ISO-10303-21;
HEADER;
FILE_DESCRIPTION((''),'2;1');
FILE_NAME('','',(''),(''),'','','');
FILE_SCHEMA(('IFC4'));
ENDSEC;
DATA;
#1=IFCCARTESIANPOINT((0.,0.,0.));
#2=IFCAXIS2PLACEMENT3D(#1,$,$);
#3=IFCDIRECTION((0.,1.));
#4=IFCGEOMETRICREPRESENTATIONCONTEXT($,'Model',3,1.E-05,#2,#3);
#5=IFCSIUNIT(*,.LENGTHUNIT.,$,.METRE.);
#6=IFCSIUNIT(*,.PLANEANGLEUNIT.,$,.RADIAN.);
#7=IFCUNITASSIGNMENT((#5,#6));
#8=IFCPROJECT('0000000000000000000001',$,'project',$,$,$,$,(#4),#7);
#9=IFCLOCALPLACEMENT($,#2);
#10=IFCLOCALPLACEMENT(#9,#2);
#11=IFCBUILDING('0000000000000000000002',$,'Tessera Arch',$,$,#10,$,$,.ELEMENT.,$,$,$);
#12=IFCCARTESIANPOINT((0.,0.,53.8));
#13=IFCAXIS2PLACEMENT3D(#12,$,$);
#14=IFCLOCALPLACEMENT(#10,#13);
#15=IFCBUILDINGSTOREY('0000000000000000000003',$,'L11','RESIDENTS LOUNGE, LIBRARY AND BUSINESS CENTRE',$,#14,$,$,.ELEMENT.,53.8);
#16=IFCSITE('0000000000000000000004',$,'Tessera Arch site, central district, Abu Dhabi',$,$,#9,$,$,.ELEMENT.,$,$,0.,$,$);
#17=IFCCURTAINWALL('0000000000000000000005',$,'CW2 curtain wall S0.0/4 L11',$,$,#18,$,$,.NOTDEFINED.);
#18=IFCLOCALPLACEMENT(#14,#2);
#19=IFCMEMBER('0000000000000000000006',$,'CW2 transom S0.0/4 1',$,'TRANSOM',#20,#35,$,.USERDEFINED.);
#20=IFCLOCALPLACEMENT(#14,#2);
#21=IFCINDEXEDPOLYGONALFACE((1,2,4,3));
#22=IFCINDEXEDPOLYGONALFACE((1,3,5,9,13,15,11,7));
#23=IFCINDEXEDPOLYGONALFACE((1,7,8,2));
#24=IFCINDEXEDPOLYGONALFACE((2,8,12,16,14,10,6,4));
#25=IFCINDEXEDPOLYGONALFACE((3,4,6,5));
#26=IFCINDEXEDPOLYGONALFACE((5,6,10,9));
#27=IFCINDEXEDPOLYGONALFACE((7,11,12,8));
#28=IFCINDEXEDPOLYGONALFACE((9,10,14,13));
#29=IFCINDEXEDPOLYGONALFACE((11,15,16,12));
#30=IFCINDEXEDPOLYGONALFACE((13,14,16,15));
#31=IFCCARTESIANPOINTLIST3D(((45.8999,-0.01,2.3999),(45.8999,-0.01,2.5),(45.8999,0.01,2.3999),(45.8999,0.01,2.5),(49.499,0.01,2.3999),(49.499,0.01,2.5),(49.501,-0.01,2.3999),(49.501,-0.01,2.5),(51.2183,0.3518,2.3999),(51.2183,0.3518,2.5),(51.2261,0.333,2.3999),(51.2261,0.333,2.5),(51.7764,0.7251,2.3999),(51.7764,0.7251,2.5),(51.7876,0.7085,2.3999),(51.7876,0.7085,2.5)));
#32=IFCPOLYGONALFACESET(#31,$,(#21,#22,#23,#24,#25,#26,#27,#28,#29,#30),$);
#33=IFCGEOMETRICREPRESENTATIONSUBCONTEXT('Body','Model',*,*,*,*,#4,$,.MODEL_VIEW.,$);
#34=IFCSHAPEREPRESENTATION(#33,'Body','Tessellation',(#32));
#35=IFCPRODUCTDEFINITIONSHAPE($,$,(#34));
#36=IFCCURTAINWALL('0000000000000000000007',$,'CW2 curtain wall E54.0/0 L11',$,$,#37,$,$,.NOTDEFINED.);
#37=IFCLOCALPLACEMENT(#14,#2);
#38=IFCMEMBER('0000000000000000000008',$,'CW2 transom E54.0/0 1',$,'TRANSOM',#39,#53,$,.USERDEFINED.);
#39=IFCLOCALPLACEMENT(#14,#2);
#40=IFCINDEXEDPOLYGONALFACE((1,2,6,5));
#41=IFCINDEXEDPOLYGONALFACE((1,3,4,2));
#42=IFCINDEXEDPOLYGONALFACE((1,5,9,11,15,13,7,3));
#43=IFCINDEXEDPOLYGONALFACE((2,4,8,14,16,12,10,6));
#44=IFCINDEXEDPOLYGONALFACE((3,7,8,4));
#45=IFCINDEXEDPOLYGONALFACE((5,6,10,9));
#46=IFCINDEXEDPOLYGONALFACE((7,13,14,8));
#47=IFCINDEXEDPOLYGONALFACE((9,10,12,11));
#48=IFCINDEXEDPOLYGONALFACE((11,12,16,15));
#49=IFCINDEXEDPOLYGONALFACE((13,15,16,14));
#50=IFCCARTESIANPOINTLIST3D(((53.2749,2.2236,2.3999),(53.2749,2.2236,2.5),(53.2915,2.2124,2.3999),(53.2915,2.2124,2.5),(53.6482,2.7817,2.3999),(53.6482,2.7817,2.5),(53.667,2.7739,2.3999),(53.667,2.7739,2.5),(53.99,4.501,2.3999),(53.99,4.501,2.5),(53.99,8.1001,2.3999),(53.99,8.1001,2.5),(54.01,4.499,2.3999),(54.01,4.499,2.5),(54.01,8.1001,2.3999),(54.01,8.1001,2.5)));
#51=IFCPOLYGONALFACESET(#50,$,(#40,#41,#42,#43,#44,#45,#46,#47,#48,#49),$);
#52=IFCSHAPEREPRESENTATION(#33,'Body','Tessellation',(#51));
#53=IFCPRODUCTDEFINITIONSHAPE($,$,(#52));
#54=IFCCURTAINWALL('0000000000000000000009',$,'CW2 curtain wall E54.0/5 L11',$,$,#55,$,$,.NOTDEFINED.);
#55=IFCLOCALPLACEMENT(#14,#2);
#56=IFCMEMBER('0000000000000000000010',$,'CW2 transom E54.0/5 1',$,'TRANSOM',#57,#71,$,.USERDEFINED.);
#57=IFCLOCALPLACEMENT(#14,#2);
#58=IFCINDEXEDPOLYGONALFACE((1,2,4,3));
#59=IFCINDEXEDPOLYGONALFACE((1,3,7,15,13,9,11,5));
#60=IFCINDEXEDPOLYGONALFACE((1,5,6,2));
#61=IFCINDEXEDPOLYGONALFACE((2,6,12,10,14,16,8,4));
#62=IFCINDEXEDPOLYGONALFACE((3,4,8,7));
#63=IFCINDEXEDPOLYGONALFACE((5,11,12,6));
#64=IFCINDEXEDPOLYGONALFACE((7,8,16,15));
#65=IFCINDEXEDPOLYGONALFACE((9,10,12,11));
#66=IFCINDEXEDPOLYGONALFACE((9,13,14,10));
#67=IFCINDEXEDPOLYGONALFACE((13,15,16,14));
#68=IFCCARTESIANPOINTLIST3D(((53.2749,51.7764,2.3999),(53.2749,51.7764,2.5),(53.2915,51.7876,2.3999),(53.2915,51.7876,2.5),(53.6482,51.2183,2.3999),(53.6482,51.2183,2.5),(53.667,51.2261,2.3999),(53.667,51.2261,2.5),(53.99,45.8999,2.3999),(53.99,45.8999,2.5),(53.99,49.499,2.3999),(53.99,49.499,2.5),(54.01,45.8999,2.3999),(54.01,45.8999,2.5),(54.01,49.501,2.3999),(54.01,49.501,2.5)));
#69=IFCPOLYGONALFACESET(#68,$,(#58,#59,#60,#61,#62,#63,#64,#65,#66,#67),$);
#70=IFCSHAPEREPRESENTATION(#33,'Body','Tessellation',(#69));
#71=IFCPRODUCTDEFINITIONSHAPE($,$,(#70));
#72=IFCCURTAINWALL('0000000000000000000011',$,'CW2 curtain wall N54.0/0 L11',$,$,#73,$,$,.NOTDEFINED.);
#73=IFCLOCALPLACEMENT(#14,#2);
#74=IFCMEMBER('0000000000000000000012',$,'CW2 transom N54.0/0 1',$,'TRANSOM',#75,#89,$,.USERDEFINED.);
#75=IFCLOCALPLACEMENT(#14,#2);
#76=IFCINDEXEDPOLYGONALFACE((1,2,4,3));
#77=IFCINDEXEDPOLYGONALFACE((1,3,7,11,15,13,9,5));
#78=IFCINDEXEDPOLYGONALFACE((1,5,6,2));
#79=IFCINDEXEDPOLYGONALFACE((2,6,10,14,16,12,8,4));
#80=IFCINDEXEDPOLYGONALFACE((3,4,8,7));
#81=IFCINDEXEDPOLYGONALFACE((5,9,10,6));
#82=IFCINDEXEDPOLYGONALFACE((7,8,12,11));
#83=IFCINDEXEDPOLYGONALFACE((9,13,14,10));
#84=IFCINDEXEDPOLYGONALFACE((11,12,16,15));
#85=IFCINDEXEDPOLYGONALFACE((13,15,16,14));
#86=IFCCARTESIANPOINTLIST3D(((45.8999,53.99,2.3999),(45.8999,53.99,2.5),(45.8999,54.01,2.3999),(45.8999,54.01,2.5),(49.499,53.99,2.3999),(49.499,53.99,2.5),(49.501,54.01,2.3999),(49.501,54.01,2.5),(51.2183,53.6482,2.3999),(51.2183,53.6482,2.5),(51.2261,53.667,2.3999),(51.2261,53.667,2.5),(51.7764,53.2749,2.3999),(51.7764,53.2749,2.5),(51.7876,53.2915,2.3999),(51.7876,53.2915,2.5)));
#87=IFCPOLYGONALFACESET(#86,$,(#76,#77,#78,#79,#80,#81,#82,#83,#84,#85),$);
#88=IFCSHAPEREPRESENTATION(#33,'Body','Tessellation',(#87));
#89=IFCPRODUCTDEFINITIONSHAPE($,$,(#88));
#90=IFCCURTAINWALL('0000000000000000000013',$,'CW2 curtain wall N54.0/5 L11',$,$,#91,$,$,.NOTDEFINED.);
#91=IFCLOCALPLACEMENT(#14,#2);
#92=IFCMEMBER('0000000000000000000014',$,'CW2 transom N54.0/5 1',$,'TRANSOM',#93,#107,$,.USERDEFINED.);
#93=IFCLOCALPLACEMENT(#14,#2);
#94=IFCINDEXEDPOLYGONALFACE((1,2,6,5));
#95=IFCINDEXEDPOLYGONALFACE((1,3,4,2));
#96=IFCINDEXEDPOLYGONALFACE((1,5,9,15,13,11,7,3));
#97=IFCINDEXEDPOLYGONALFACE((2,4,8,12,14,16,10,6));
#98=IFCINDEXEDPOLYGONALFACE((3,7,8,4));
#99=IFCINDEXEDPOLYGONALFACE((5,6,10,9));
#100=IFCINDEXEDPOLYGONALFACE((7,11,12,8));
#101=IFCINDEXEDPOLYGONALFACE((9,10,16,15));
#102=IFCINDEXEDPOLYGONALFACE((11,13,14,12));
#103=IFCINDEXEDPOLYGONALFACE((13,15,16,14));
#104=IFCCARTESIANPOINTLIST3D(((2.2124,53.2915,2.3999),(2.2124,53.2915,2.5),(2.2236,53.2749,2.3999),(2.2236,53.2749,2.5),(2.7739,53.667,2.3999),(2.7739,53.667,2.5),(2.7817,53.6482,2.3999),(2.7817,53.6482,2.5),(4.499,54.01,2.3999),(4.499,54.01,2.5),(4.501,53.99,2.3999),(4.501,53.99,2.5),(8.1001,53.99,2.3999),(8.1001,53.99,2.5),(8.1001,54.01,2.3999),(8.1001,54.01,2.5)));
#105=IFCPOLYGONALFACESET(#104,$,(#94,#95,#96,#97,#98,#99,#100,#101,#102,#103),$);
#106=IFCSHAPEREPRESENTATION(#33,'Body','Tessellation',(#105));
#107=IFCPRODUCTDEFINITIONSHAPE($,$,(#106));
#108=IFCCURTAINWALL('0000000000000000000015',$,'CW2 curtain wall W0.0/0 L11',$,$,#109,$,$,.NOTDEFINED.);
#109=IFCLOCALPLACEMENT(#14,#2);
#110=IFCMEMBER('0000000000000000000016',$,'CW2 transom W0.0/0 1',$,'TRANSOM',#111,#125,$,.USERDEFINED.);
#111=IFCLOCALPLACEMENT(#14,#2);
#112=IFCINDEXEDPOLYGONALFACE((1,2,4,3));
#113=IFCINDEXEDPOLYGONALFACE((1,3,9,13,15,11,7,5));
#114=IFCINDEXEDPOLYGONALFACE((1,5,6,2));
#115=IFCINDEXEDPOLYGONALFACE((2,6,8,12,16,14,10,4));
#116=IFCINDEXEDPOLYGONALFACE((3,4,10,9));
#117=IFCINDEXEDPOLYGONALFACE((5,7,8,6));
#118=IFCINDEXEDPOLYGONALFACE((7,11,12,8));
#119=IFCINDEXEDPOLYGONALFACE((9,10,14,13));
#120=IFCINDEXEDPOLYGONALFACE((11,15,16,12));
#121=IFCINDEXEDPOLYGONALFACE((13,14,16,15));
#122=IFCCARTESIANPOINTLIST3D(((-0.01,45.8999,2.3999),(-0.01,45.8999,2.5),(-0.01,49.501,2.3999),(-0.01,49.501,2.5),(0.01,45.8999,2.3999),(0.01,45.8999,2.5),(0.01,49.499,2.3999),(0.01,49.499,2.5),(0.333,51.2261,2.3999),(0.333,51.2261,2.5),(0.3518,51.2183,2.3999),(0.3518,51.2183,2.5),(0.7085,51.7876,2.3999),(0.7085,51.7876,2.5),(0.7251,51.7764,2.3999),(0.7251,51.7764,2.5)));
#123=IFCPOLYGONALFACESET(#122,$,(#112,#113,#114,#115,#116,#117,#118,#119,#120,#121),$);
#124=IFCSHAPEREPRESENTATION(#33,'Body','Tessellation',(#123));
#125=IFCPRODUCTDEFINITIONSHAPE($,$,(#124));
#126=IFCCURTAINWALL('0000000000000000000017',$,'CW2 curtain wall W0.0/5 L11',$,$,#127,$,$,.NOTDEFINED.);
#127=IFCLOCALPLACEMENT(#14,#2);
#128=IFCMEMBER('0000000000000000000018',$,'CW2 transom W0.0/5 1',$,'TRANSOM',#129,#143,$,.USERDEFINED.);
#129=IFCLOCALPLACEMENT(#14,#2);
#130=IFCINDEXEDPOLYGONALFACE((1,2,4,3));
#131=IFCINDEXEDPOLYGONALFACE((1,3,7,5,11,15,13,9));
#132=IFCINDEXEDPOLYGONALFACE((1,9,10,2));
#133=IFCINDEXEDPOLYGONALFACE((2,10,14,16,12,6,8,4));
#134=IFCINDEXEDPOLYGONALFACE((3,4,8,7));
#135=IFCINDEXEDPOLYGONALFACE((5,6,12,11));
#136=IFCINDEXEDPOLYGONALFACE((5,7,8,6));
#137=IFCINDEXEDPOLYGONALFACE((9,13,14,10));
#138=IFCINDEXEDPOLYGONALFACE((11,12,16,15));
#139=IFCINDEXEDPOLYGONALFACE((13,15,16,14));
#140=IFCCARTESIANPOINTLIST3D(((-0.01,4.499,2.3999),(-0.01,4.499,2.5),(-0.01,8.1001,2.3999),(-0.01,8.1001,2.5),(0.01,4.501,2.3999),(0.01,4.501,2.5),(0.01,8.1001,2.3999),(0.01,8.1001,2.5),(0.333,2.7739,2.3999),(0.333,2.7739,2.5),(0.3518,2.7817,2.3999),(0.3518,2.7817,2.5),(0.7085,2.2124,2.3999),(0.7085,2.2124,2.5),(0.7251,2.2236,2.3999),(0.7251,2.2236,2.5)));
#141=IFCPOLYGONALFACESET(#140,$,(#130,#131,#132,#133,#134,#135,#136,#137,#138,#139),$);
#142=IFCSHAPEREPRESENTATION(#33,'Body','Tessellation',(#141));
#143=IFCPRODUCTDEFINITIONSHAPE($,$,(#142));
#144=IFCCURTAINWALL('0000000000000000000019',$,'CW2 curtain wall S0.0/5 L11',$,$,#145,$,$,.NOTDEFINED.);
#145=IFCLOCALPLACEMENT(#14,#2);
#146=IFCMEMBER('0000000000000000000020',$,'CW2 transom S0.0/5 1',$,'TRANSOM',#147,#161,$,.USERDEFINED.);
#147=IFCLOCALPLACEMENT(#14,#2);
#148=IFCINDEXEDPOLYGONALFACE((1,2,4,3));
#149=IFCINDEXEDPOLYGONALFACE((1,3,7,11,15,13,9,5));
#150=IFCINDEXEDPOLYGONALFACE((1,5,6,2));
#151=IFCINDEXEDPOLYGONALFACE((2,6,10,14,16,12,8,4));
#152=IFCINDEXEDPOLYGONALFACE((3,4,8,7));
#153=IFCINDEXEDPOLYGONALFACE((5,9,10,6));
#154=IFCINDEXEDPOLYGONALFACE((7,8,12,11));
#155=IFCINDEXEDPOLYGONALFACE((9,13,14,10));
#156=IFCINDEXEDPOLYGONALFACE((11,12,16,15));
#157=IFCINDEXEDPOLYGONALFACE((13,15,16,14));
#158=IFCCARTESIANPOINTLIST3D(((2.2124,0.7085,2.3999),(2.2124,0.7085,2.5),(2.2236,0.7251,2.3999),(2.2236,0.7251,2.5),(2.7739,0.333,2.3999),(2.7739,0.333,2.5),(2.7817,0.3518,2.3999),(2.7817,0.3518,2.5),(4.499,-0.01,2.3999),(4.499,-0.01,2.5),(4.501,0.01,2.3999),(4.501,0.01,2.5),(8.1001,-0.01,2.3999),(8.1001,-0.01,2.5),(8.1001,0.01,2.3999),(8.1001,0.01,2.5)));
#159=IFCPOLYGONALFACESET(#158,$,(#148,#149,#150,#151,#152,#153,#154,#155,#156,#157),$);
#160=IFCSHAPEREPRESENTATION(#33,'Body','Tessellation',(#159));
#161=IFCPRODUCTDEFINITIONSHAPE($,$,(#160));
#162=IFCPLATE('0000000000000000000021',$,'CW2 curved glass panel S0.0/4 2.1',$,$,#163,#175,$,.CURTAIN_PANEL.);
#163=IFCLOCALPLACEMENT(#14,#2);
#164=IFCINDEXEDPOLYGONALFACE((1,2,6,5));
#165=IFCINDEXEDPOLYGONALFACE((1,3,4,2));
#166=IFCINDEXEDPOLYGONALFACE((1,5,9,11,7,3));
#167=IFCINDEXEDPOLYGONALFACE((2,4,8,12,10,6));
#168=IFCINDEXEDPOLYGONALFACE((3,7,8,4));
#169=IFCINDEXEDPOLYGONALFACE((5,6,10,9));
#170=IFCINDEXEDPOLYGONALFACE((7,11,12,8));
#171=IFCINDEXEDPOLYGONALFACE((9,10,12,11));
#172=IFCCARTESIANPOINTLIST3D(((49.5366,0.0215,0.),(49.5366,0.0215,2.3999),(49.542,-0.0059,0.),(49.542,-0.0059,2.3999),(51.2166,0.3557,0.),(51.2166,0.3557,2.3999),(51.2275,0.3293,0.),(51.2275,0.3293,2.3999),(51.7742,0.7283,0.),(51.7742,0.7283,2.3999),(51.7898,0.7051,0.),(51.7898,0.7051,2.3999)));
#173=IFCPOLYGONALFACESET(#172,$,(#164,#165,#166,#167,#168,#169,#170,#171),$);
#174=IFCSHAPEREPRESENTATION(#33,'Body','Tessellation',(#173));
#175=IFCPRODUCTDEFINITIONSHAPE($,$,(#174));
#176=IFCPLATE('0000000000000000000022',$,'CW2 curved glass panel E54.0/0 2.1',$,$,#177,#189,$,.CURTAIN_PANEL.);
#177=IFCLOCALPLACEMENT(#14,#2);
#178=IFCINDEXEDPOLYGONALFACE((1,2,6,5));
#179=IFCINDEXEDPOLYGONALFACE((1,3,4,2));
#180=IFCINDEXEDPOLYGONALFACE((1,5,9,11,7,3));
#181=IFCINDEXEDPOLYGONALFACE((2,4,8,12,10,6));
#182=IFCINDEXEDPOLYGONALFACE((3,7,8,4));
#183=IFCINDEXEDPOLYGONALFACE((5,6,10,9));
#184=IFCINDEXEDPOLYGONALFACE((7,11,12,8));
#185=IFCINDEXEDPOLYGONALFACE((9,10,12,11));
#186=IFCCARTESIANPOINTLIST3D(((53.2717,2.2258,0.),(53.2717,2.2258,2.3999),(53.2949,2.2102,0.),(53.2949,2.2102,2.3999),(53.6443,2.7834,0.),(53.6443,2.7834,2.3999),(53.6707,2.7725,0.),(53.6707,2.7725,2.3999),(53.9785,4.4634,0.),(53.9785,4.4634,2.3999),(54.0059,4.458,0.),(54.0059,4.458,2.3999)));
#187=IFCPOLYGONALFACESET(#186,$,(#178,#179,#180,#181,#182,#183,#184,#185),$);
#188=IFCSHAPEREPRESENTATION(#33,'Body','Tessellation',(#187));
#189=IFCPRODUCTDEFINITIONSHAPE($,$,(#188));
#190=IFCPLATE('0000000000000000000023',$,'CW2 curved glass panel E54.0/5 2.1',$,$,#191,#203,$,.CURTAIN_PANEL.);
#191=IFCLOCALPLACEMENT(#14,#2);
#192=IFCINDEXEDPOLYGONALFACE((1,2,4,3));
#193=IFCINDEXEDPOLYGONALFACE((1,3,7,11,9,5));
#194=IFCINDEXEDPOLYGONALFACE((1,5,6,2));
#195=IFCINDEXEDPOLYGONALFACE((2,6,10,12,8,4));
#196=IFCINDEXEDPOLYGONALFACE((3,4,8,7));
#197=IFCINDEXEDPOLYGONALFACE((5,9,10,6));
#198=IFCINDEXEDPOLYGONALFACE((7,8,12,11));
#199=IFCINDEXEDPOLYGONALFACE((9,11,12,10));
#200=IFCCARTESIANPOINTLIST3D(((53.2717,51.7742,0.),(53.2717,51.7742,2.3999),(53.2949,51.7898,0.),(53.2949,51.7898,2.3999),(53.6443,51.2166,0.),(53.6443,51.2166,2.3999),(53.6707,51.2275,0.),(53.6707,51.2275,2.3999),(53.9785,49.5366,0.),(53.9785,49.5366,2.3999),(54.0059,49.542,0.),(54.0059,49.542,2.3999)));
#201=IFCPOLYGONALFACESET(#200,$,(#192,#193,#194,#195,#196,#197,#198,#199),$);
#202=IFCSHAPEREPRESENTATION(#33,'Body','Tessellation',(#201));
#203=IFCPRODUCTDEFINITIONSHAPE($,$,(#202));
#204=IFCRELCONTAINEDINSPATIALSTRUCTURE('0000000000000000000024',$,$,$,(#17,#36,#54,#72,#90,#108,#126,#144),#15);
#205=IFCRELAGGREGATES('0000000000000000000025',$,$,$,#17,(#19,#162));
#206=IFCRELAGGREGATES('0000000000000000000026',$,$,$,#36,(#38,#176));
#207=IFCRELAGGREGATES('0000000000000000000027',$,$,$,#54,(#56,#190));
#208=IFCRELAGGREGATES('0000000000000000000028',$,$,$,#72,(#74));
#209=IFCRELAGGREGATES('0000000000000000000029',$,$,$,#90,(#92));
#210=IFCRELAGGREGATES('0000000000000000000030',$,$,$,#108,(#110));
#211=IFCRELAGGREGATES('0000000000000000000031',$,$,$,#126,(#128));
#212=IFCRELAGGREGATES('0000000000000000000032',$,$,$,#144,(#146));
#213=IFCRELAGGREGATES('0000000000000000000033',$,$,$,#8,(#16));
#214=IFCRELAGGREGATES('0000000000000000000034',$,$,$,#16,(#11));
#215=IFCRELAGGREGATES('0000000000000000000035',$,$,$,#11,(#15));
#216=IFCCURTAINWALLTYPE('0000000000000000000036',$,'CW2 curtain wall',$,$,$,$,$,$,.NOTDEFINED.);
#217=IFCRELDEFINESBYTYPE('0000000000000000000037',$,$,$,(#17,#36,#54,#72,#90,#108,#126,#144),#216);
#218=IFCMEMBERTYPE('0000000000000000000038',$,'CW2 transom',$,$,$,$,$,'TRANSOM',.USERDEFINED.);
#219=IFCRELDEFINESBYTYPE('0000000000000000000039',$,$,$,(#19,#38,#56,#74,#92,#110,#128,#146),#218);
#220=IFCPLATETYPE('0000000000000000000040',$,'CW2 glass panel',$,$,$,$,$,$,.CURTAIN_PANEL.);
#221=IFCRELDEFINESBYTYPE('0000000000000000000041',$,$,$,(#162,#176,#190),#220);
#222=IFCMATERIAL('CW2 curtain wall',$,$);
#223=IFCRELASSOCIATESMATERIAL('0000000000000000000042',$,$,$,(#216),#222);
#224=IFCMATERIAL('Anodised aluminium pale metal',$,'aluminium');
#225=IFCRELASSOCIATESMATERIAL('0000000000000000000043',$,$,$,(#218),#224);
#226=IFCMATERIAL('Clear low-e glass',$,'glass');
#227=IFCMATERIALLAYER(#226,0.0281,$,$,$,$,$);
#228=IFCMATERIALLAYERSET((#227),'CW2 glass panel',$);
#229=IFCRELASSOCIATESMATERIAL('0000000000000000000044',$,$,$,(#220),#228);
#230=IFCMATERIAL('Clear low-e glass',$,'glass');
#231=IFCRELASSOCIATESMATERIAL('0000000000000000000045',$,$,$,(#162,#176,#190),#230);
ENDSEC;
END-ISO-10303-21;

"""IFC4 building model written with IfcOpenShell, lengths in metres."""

from ifc_helpers import new_model, si_unit, direction, frame, origin, origin_2d, place, context, subcontext, project, spatial, polyline, rectangle, outline, extrude, material, layer, layer_set, material_profile, profile_set, type_object, element, aggregate, save


model = new_model("IFC4")

# Units and contexts
model_context = context("Model", 3, precision=1e-05, world=origin(), true_north=direction((0.0, 1.0)))
body_context = subcontext(model_context, "Body", "Model", "MODEL_VIEW")
ifc_project = project(units=[si_unit("LENGTHUNIT", "METRE"), si_unit("PLANEANGLEUNIT", "RADIAN")], contexts=[model_context])

# Site, building, storey
site_placement = place(None, origin())
site = spatial("IfcSite", under=ifc_project, at=site_placement, Name="Tessera Arch site, central district, Abu Dhabi", CompositionType="ELEMENT", RefElevation=0.0)
building_placement = place(site_placement, origin())
building = spatial("IfcBuilding", under=site, at=building_placement, Name="Tessera Arch", CompositionType="ELEMENT")
storey_placement = place(building_placement, frame((0.0, 0.0, 53.8)))
storey = spatial("IfcBuildingStorey", under=building, at=storey_placement, Name="L11", Description="RESIDENTS LOUNGE, LIBRARY AND BUSINESS CENTRE", CompositionType="ELEMENT", Elevation=53.8)

# Curtain walls, members
ifc_material_1 = material(Name="CW2 curtain wall")
curtain_wall_type = type_object("IfcCurtainWallType", Name="CW2 curtain wall", PredefinedType="NOTDEFINED", material=ifc_material_1)
curtain_wall_1_placement = place(storey_placement, origin())
curtain_wall_1 = element("IfcCurtainWall", 1, at=curtain_wall_1_placement, inside=storey, type_object=curtain_wall_type, Name="CW2 curtain wall S0.0/4 L11", PredefinedType="NOTDEFINED")
ifc_material_2 = material(Name="Anodised aluminium pale metal", Category="aluminium")
ifc_material_profile = material_profile(ifc_material_2, rectangle(XDim=0.2, YDim=0.1001, at=origin_2d()), Name="AL 200x100")
ifc_profile_set = profile_set([ifc_material_profile], Name="Anodised aluminium pale metal")
member_type = type_object("IfcMemberType", Name="CW2 transom", ElementType="TRANSOM", PredefinedType="USERDEFINED", material=ifc_profile_set)
member_1_placement = place(storey_placement, frame((0.0, 0.0, 2.3999)))
member_1 = element("IfcMember", 2, at=member_1_placement, type_object=member_type, Name="CW2 transom S0.0/4 1", ObjectType="TRANSOM", PredefinedType="USERDEFINED", context=body_context, shape_type="SweptSolid", body=[
    extrude(outline(polyline([(49.499, 0.01), (45.8999, 0.01), (45.8999, -0.01), (49.501, -0.01), (51.2261, 0.333), (51.7876, 0.7085), (51.7764, 0.7251), (51.2183, 0.3518), (49.499, 0.01)])), origin(), (0.0, 0.0, 1.0), 0.1001),
])
curtain_wall_2_placement = place(storey_placement, origin())
curtain_wall_2 = element("IfcCurtainWall", 3, at=curtain_wall_2_placement, inside=storey, type_object=curtain_wall_type, Name="CW2 curtain wall E54.0/0 L11", PredefinedType="NOTDEFINED")
member_2_placement = place(storey_placement, frame((0.0, 0.0, 2.3999)))
member_2 = element("IfcMember", 4, at=member_2_placement, type_object=member_type, Name="CW2 transom E54.0/0 1", ObjectType="TRANSOM", PredefinedType="USERDEFINED", context=body_context, shape_type="SweptSolid", body=[
    extrude(outline(polyline([(53.6482, 2.7817), (53.2749, 2.2236), (53.2915, 2.2124), (53.667, 2.7739), (54.01, 4.499), (54.01, 8.1001), (53.99, 8.1001), (53.99, 4.501), (53.6482, 2.7817)])), origin(), (0.0, 0.0, 1.0), 0.1001),
])
curtain_wall_3_placement = place(storey_placement, origin())
curtain_wall_3 = element("IfcCurtainWall", 5, at=curtain_wall_3_placement, inside=storey, type_object=curtain_wall_type, Name="CW2 curtain wall E54.0/5 L11", PredefinedType="NOTDEFINED")
member_3_placement = place(storey_placement, frame((0.0, 0.0, 2.3999)))
member_3 = element("IfcMember", 6, at=member_3_placement, type_object=member_type, Name="CW2 transom E54.0/5 1", ObjectType="TRANSOM", PredefinedType="USERDEFINED", context=body_context, shape_type="SweptSolid", body=[
    extrude(outline(polyline([(53.99, 49.499), (53.99, 45.8999), (54.01, 45.8999), (54.01, 49.501), (53.667, 51.2261), (53.2915, 51.7876), (53.2749, 51.7764), (53.6482, 51.2183), (53.99, 49.499)])), origin(), (0.0, 0.0, 1.0), 0.1001),
])
curtain_wall_4_placement = place(storey_placement, origin())
curtain_wall_4 = element("IfcCurtainWall", 7, at=curtain_wall_4_placement, inside=storey, type_object=curtain_wall_type, Name="CW2 curtain wall N54.0/0 L11", PredefinedType="NOTDEFINED")
member_4_placement = place(storey_placement, frame((0.0, 0.0, 2.3999)))
member_4 = element("IfcMember", 8, at=member_4_placement, type_object=member_type, Name="CW2 transom N54.0/0 1", ObjectType="TRANSOM", PredefinedType="USERDEFINED", context=body_context, shape_type="SweptSolid", body=[
    extrude(outline(polyline([(51.2183, 53.6482), (51.7764, 53.2749), (51.7876, 53.2915), (51.2261, 53.667), (49.501, 54.01), (45.8999, 54.01), (45.8999, 53.99), (49.499, 53.99), (51.2183, 53.6482)])), origin(), (0.0, 0.0, 1.0), 0.1001),
])
curtain_wall_5_placement = place(storey_placement, origin())
curtain_wall_5 = element("IfcCurtainWall", 9, at=curtain_wall_5_placement, inside=storey, type_object=curtain_wall_type, Name="CW2 curtain wall N54.0/5 L11", PredefinedType="NOTDEFINED")
member_5_placement = place(storey_placement, frame((0.0, 0.0, 2.3999)))
member_5 = element("IfcMember", 10, at=member_5_placement, type_object=member_type, Name="CW2 transom N54.0/5 1", ObjectType="TRANSOM", PredefinedType="USERDEFINED", context=body_context, shape_type="SweptSolid", body=[
    extrude(outline(polyline([(4.501, 53.99), (8.1001, 53.99), (8.1001, 54.01), (4.499, 54.01), (2.7739, 53.667), (2.2124, 53.2915), (2.2236, 53.2749), (2.7817, 53.6482), (4.501, 53.99)])), origin(), (0.0, 0.0, 1.0), 0.1001),
])
curtain_wall_6_placement = place(storey_placement, origin())
curtain_wall_6 = element("IfcCurtainWall", 11, at=curtain_wall_6_placement, inside=storey, type_object=curtain_wall_type, Name="CW2 curtain wall W0.0/0 L11", PredefinedType="NOTDEFINED")
member_6_placement = place(storey_placement, frame((0.0, 0.0, 2.3999)))
member_6 = element("IfcMember", 12, at=member_6_placement, type_object=member_type, Name="CW2 transom W0.0/0 1", ObjectType="TRANSOM", PredefinedType="USERDEFINED", context=body_context, shape_type="SweptSolid", body=[
    extrude(outline(polyline([(0.3518, 51.2183), (0.7251, 51.7764), (0.7085, 51.7876), (0.333, 51.2261), (-0.01, 49.501), (-0.01, 45.8999), (0.01, 45.8999), (0.01, 49.499), (0.3518, 51.2183)])), origin(), (0.0, 0.0, 1.0), 0.1001),
])
curtain_wall_7_placement = place(storey_placement, origin())
curtain_wall_7 = element("IfcCurtainWall", 13, at=curtain_wall_7_placement, inside=storey, type_object=curtain_wall_type, Name="CW2 curtain wall W0.0/5 L11", PredefinedType="NOTDEFINED")
member_7_placement = place(storey_placement, frame((0.0, 0.0, 2.3999)))
member_7 = element("IfcMember", 14, at=member_7_placement, type_object=member_type, Name="CW2 transom W0.0/5 1", ObjectType="TRANSOM", PredefinedType="USERDEFINED", context=body_context, shape_type="SweptSolid", body=[
    extrude(outline(polyline([(0.01, 4.501), (0.01, 8.1001), (-0.01, 8.1001), (-0.01, 4.499), (0.333, 2.7739), (0.7085, 2.2124), (0.7251, 2.2236), (0.3518, 2.7817), (0.01, 4.501)])), origin(), (0.0, 0.0, 1.0), 0.1001),
])
curtain_wall_8_placement = place(storey_placement, origin())
curtain_wall_8 = element("IfcCurtainWall", 15, at=curtain_wall_8_placement, inside=storey, type_object=curtain_wall_type, Name="CW2 curtain wall S0.0/5 L11", PredefinedType="NOTDEFINED")
member_8_placement = place(storey_placement, frame((0.0, 0.0, 2.3999)))
member_8 = element("IfcMember", 16, at=member_8_placement, type_object=member_type, Name="CW2 transom S0.0/5 1", ObjectType="TRANSOM", PredefinedType="USERDEFINED", context=body_context, shape_type="SweptSolid", body=[
    extrude(outline(polyline([(2.7817, 0.3518), (2.2236, 0.7251), (2.2124, 0.7085), (2.7739, 0.333), (4.499, -0.01), (8.1001, -0.01), (8.1001, 0.01), (4.501, 0.01), (2.7817, 0.3518)])), origin(), (0.0, 0.0, 1.0), 0.1001),
])

# Plates
ifc_material_3 = material(Name="Clear low-e glass", Category="glass")
ifc_material_4 = material(Name="Clear low-e glass", Category="glass")
ifc_layer_1 = layer(ifc_material_4, 0.0281)
ifc_layer_set_1 = layer_set([ifc_layer_1], Name="CW2 glass panel")
plate_type_1 = type_object("IfcPlateType", Name="CW2 glass panel", PredefinedType="CURTAIN_PANEL", material=ifc_layer_set_1)
plate_1_placement = place(storey_placement, origin())
plate_1 = element("IfcPlate", 17, at=plate_1_placement, type_object=plate_type_1, material=ifc_material_3, Name="CW2 curved glass panel S0.0/4 2.1", PredefinedType="CURTAIN_PANEL", context=body_context, shape_type="SweptSolid", body=[
    extrude(outline(polyline([(51.2166, 0.3557), (49.5366, 0.0215), (49.542, -0.0059), (51.2275, 0.3293), (51.7898, 0.7051), (51.7742, 0.7283), (51.2166, 0.3557)])), origin(), (0.0, 0.0, 1.0), 2.3999),
])
plate_2_placement = place(storey_placement, origin())
plate_2 = element("IfcPlate", 18, at=plate_2_placement, type_object=plate_type_1, material=ifc_material_3, Name="CW2 curved glass panel E54.0/0 2.1", PredefinedType="CURTAIN_PANEL", context=body_context, shape_type="SweptSolid", body=[
    extrude(outline(polyline([(53.6443, 2.7834), (53.2717, 2.2258), (53.2949, 2.2102), (53.6707, 2.7725), (54.0059, 4.458), (53.9785, 4.4634), (53.6443, 2.7834)])), origin(), (0.0, 0.0, 1.0), 2.3999),
])
plate_3_placement = place(storey_placement, origin())
plate_3 = element("IfcPlate", 19, at=plate_3_placement, type_object=plate_type_1, material=ifc_material_3, Name="CW2 curved glass panel E54.0/5 2.1", PredefinedType="CURTAIN_PANEL", context=body_context, shape_type="SweptSolid", body=[
    extrude(outline(polyline([(53.6443, 51.2166), (53.9785, 49.5366), (54.0059, 49.542), (53.6707, 51.2275), (53.2949, 51.7898), (53.2717, 51.7742), (53.6443, 51.2166)])), origin(), (0.0, 0.0, 1.0), 2.3999),
])
aggregate(curtain_wall_1, [member_1, plate_1])
aggregate(curtain_wall_2, [member_2, plate_2])
aggregate(curtain_wall_3, [member_3, plate_3])
aggregate(curtain_wall_4, [member_4])
aggregate(curtain_wall_5, [member_5])
aggregate(curtain_wall_6, [member_6])
aggregate(curtain_wall_7, [member_7])
aggregate(curtain_wall_8, [member_8])

save(model, "model.ifc")
